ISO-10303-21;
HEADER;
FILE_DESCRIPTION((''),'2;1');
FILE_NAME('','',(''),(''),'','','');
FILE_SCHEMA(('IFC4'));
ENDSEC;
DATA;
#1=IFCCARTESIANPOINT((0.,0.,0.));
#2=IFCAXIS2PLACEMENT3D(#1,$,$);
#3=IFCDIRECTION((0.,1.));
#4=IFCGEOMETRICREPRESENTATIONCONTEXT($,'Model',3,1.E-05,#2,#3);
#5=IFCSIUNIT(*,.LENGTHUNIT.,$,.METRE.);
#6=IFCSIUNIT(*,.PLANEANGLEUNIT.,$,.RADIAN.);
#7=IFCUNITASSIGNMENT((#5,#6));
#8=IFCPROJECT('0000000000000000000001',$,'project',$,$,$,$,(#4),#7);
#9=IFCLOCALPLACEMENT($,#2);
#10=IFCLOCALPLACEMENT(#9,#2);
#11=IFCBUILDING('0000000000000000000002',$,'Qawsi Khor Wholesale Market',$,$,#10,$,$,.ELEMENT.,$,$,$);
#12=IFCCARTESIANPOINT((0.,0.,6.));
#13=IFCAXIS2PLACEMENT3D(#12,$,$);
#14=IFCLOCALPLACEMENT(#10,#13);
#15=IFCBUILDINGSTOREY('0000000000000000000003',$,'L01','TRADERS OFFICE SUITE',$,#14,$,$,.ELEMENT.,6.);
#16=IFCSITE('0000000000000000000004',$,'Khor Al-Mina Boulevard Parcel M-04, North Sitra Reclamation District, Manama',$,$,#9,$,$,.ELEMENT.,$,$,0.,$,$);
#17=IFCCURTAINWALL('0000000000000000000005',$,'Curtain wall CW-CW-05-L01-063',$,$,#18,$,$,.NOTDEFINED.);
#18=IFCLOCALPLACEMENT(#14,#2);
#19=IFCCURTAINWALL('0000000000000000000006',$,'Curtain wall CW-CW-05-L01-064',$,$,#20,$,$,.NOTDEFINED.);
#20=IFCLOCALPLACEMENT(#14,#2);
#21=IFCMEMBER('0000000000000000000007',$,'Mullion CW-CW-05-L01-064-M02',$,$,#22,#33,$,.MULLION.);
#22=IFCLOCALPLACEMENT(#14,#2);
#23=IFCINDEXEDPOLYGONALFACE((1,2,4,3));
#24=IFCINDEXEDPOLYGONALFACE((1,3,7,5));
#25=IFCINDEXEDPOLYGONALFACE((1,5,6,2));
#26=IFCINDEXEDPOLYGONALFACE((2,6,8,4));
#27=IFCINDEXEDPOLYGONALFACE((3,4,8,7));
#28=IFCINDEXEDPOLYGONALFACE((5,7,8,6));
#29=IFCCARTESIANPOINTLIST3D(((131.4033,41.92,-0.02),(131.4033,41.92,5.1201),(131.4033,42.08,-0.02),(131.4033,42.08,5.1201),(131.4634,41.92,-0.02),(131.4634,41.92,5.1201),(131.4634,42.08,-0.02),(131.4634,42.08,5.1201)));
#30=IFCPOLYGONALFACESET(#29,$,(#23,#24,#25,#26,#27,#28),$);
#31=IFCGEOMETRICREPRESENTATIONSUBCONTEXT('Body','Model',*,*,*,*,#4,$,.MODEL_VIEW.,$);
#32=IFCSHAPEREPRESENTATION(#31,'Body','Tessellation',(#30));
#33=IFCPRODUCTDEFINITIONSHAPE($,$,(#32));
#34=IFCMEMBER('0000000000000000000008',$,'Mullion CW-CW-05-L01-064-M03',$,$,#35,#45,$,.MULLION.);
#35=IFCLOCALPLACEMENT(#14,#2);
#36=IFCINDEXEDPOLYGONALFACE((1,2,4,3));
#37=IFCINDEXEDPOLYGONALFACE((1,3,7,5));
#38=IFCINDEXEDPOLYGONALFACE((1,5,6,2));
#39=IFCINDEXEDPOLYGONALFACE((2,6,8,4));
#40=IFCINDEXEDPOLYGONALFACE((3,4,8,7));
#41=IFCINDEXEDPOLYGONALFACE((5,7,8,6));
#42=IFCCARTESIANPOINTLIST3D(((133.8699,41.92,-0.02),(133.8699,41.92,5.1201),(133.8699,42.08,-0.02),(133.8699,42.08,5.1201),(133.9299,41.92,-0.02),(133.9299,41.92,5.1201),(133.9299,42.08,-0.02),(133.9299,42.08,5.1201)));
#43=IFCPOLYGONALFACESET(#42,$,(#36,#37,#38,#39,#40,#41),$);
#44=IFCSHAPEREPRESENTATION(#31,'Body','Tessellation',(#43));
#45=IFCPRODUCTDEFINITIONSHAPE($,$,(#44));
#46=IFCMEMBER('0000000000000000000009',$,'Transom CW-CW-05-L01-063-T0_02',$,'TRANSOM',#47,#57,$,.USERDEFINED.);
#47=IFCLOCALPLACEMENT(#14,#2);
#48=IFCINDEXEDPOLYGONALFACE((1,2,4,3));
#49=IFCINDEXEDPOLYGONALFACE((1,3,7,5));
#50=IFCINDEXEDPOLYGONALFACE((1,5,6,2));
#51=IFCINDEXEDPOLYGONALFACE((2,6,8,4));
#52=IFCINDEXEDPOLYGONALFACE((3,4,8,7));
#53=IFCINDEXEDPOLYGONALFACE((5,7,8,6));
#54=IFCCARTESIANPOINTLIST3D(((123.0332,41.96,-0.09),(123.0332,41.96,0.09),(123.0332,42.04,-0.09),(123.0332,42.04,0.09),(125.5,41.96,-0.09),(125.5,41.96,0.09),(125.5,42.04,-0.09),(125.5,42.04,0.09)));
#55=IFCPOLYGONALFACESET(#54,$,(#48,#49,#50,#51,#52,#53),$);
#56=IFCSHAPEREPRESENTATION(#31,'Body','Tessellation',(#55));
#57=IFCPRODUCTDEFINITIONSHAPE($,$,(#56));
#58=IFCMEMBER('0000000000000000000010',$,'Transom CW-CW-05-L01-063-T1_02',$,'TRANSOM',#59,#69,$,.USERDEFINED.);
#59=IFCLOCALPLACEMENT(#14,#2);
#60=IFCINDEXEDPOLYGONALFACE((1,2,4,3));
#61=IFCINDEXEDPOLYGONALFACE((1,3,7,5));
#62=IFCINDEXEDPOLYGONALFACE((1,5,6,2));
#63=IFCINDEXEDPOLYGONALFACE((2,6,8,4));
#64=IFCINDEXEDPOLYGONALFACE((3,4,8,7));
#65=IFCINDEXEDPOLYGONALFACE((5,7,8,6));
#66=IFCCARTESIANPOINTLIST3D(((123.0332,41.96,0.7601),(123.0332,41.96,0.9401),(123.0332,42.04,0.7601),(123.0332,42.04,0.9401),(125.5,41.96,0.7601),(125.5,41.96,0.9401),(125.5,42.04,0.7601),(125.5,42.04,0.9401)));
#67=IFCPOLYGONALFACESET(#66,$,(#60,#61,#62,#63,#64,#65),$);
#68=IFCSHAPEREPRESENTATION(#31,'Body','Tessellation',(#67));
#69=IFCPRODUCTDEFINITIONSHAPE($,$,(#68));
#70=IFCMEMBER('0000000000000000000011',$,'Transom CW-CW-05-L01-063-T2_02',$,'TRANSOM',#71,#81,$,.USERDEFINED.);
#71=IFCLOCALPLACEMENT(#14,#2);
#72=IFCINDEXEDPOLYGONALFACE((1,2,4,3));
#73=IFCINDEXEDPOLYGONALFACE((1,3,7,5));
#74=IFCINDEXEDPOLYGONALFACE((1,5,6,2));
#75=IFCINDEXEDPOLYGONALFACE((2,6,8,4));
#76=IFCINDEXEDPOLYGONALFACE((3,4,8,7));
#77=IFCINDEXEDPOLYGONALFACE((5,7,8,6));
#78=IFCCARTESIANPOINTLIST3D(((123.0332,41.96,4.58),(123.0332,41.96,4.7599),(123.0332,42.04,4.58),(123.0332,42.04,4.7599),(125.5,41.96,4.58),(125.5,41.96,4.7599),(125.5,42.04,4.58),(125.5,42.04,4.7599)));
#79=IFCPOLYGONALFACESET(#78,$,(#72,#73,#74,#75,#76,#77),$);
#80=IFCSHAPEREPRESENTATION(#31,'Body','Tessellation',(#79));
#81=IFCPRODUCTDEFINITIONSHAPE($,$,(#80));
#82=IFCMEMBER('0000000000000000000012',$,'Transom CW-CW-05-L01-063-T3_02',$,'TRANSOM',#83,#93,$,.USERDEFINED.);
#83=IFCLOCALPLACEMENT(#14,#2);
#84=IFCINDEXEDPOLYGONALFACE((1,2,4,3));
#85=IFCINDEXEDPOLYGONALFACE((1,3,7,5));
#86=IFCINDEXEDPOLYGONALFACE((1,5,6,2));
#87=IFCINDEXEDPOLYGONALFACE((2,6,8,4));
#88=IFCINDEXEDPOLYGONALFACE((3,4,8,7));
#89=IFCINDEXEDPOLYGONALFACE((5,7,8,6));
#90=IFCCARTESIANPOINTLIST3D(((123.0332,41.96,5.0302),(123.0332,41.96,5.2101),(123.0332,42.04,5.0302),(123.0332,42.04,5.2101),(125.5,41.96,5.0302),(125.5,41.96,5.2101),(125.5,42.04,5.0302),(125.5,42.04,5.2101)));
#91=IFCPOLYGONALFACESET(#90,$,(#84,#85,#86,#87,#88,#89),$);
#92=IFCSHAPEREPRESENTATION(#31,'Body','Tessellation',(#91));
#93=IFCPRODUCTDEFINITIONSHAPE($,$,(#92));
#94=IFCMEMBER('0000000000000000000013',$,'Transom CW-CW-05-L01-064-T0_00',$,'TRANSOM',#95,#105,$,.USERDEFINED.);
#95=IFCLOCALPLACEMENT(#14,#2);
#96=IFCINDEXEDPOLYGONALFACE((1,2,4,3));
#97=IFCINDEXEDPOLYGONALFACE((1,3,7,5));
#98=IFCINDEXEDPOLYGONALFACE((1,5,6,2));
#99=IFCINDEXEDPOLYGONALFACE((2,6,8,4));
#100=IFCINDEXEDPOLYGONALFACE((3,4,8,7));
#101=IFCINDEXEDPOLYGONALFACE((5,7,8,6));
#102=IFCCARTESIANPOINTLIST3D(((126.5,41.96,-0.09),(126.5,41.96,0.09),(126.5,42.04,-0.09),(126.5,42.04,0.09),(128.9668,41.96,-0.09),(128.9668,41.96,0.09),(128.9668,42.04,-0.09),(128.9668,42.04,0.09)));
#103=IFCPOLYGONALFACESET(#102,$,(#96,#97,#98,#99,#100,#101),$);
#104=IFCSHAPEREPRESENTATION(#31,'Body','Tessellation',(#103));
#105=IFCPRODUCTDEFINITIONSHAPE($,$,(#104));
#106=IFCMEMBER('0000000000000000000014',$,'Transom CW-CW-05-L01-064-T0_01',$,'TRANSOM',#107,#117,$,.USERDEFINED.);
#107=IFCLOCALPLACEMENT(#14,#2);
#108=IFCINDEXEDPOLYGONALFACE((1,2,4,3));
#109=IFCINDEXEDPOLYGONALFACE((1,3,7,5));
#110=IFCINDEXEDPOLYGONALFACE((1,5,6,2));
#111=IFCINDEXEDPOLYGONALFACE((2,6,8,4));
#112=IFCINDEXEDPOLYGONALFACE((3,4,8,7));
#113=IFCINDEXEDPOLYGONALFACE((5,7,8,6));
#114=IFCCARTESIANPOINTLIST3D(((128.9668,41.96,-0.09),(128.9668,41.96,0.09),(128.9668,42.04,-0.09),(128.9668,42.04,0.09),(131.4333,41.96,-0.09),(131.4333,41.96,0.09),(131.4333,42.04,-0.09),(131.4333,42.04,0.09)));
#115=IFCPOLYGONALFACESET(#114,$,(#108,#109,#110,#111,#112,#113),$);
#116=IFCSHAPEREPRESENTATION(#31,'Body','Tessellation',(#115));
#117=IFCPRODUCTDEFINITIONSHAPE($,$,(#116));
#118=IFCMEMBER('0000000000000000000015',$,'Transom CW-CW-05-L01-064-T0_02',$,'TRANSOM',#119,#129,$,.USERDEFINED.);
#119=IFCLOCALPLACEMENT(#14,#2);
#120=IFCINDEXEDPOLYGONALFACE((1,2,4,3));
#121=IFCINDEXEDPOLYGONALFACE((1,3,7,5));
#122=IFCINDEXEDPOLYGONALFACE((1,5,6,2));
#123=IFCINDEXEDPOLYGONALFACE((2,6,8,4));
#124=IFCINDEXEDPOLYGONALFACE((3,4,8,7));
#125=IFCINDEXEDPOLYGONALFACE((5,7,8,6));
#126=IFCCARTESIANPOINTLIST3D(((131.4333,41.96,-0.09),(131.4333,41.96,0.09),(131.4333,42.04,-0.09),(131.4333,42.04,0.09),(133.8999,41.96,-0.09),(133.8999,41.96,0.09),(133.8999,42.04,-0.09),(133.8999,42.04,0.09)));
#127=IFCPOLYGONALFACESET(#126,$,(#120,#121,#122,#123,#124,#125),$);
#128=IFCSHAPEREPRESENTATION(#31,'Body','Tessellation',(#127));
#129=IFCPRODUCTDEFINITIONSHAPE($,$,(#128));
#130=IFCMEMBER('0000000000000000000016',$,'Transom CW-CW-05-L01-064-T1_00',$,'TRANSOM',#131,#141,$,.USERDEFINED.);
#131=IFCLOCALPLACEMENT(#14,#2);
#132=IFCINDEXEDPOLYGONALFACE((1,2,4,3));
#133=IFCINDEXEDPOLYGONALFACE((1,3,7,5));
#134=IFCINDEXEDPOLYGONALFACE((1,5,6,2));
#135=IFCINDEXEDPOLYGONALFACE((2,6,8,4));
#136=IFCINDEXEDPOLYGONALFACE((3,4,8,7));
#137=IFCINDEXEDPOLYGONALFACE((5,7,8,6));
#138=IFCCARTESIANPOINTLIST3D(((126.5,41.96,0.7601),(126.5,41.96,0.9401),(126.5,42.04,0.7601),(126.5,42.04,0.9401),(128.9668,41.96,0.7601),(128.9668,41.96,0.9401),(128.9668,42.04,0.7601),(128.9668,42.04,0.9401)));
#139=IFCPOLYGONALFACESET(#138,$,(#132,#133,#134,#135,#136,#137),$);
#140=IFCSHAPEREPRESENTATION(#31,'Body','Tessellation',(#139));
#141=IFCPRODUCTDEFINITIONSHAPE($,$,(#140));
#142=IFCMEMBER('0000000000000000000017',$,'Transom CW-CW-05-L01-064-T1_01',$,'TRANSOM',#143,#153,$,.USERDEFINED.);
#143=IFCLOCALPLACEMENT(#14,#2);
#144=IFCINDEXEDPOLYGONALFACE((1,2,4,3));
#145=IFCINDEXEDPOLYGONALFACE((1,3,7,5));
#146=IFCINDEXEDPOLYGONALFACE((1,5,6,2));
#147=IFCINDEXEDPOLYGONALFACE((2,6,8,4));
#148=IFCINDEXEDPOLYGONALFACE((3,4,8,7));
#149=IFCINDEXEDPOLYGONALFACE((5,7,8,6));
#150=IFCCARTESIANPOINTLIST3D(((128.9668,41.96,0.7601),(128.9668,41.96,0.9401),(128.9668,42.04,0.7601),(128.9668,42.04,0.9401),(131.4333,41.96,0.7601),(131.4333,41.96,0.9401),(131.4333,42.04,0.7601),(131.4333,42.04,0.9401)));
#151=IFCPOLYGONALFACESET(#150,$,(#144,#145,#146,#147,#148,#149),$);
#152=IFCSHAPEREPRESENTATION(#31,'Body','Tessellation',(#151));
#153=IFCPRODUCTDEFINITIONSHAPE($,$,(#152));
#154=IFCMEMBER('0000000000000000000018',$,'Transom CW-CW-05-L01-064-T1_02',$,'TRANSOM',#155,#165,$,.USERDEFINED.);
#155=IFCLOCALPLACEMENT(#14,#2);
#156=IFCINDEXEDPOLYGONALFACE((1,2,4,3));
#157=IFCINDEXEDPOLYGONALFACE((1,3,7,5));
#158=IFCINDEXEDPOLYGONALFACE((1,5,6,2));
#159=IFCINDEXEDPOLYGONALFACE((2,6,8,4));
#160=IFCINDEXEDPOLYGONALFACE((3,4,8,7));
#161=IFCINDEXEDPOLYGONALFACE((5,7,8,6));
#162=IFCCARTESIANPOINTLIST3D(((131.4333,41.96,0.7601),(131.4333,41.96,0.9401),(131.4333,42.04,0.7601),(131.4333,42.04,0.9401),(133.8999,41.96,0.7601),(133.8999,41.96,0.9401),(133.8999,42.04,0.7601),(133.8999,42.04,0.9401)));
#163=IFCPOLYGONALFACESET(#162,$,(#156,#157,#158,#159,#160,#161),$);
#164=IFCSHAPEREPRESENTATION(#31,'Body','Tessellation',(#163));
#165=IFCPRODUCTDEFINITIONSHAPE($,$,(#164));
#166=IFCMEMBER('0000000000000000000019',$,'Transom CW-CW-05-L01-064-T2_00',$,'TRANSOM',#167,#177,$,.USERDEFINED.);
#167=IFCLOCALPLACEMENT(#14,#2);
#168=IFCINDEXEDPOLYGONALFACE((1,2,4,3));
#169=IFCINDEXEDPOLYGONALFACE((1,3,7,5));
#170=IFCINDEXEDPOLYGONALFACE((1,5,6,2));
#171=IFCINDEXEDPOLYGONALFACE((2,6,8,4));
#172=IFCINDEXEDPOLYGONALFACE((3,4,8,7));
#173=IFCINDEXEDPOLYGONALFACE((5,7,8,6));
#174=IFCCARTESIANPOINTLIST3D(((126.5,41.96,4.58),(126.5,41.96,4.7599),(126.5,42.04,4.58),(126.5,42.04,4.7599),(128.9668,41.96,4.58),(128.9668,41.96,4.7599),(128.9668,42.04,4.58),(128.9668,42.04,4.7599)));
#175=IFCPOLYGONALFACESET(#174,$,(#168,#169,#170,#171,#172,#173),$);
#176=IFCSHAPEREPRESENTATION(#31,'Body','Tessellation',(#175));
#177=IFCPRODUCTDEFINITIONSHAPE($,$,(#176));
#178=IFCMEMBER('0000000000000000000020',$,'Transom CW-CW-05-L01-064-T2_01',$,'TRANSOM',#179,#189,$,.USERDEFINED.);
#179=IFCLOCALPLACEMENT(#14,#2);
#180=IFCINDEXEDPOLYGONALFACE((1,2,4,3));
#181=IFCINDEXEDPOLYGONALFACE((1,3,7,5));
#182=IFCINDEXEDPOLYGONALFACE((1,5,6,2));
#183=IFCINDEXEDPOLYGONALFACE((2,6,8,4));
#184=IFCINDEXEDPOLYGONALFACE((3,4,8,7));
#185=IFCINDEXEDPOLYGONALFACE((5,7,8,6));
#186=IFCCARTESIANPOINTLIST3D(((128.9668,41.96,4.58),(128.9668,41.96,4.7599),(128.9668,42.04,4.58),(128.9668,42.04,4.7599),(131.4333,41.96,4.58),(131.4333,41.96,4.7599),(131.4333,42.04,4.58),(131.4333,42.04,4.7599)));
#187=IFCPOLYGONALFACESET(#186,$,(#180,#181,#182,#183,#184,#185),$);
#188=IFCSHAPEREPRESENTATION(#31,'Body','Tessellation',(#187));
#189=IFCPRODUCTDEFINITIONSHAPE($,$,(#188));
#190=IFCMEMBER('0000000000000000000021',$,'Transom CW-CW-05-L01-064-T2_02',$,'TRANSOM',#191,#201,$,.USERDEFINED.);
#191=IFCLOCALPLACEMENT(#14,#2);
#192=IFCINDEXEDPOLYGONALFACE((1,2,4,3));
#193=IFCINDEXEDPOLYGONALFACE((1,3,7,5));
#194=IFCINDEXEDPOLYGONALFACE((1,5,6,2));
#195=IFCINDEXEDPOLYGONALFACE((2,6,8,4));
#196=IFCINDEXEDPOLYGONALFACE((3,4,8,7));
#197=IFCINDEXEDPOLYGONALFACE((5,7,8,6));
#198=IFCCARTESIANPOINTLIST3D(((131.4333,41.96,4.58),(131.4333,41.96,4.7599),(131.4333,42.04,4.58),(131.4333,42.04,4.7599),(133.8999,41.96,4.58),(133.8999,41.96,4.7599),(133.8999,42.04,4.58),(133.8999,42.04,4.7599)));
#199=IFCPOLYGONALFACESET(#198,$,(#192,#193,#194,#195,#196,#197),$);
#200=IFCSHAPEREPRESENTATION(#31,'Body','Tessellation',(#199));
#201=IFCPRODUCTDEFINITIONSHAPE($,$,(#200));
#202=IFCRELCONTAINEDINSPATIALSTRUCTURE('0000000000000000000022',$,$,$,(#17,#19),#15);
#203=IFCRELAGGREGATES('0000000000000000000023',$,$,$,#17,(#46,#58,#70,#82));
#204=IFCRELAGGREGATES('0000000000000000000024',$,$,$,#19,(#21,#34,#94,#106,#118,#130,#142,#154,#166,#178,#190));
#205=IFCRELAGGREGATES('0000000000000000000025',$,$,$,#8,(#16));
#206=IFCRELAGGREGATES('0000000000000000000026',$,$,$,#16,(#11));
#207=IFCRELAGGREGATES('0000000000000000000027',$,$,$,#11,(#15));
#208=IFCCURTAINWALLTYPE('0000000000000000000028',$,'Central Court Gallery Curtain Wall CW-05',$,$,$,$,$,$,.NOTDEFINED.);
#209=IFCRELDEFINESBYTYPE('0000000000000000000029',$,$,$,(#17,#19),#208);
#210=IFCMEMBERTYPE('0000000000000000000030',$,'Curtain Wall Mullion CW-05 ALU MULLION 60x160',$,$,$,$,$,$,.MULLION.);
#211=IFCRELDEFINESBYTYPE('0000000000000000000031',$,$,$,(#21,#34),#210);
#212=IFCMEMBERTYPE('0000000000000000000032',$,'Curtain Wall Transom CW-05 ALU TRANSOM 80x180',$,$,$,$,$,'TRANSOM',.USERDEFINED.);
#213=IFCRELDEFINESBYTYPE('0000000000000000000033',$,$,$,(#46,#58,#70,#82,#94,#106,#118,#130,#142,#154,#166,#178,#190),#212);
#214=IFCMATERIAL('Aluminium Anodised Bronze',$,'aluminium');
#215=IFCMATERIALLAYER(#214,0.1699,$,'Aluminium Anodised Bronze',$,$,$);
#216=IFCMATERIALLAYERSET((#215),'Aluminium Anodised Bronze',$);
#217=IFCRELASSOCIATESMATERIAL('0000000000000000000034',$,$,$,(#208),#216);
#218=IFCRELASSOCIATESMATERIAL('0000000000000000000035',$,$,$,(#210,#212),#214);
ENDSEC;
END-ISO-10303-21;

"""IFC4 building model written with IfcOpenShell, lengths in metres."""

from ifc_helpers import new_model, si_unit, direction, frame, origin, origin_2d, place, context, subcontext, project, spatial, rectangle, extrude, material, layer, layer_set, material_profile, profile_set, type_object, element, aggregate, save


model = new_model("IFC4")

# Units and contexts
model_context = context("Model", 3, precision=1e-05, world=origin(), true_north=direction((0.0, 1.0)))
body_context = subcontext(model_context, "Body", "Model", "MODEL_VIEW")
ifc_project = project(units=[si_unit("LENGTHUNIT", "METRE"), si_unit("PLANEANGLEUNIT", "RADIAN")], contexts=[model_context])

# Site, building, storey
site_placement = place(None, origin())
site = spatial("IfcSite", under=ifc_project, at=site_placement, Name="Khor Al-Mina Boulevard Parcel M-04, North Sitra Reclamation District, Manama", CompositionType="ELEMENT", RefElevation=0.0)
building_placement = place(site_placement, origin())
building = spatial("IfcBuilding", under=site, at=building_placement, Name="Qawsi Khor Wholesale Market", CompositionType="ELEMENT")
storey_placement = place(building_placement, frame((0.0, 0.0, 6.0)))
storey = spatial("IfcBuildingStorey", under=building, at=storey_placement, Name="L01", Description="TRADERS OFFICE SUITE", CompositionType="ELEMENT", Elevation=6.0)

# Curtain walls, members
ifc_material_1 = material(Name="Aluminium Anodised Bronze", Category="aluminium")
ifc_layer_1 = layer(ifc_material_1, 0.1699, Name="Aluminium Anodised Bronze")
ifc_layer_set_1 = layer_set([ifc_layer_1], Name="Aluminium Anodised Bronze")
curtain_wall_type = type_object("IfcCurtainWallType", Name="Central Court Gallery Curtain Wall CW-05", PredefinedType="NOTDEFINED", material=ifc_layer_set_1)
curtain_wall_1_placement = place(storey_placement, origin())
curtain_wall_1 = element("IfcCurtainWall", 1, at=curtain_wall_1_placement, inside=storey, type_object=curtain_wall_type, Name="Curtain wall CW-CW-05-L01-063", PredefinedType="NOTDEFINED")
ifc_material_profile_1 = material_profile(ifc_material_1, rectangle(XDim=0.0601, YDim=0.1599, at=origin_2d()), Name="ALU MULLION 60x160")
ifc_profile_set_1 = profile_set([ifc_material_profile_1], Name="Aluminium Anodised Bronze")
member_type_1 = type_object("IfcMemberType", Name="Curtain Wall Mullion CW-05 ALU MULLION 60x160", PredefinedType="MULLION", material=ifc_profile_set_1)
curtain_wall_2_placement = place(storey_placement, origin())
curtain_wall_2 = element("IfcCurtainWall", 2, at=curtain_wall_2_placement, inside=storey, type_object=curtain_wall_type, Name="Curtain wall CW-CW-05-L01-064", PredefinedType="NOTDEFINED")
member_1_placement = place(storey_placement, frame((131.4333, 42.0, -0.02), z_axis=(0.0, 0.0, 1.0), x_axis=(1.0, 0.0, 0.0)))
member_1 = element("IfcMember", 3, at=member_1_placement, type_object=member_type_1, Name="Mullion CW-CW-05-L01-064-M02", PredefinedType="MULLION", context=body_context, shape_type="SweptSolid", body=[
    extrude(rectangle(XDim=0.0601, YDim=0.1599, at=origin_2d()), origin(), (0.0, 0.0, 1.0), 5.1401),
])
member_2_placement = place(storey_placement, frame((133.8999, 42.0, -0.02), z_axis=(0.0, 0.0, 1.0), x_axis=(1.0, 0.0, 0.0)))
member_2 = element("IfcMember", 4, at=member_2_placement, type_object=member_type_1, Name="Mullion CW-CW-05-L01-064-M03", PredefinedType="MULLION", context=body_context, shape_type="SweptSolid", body=[
    extrude(rectangle(XDim=0.0601, YDim=0.1599, at=origin_2d()), origin(), (0.0, 0.0, 1.0), 5.1401),
])

# Members
ifc_material_profile_2 = material_profile(ifc_material_1, rectangle(XDim=0.0801, YDim=0.1799, at=origin_2d()), Name="ALU TRANSOM 80x180")
ifc_profile_set_2 = profile_set([ifc_material_profile_2], Name="Aluminium Anodised Bronze")
member_type_2 = type_object("IfcMemberType", Name="Curtain Wall Transom CW-05 ALU TRANSOM 80x180", ElementType="TRANSOM", PredefinedType="USERDEFINED", material=ifc_profile_set_2)
member_3_placement = place(storey_placement, frame((123.0332, 42.0, 0.0), z_axis=(1.0, 0.0, 0.0), x_axis=(0.0, 1.0, 0.0)))
member_3 = element("IfcMember", 5, at=member_3_placement, type_object=member_type_2, Name="Transom CW-CW-05-L01-063-T0_02", ObjectType="TRANSOM", PredefinedType="USERDEFINED", context=body_context, shape_type="SweptSolid", body=[
    extrude(rectangle(XDim=0.0801, YDim=0.1799, at=origin_2d()), origin(), (0.0, 0.0, 1.0), 2.4668),
])
member_4_placement = place(storey_placement, frame((123.0332, 42.0, 0.8501), z_axis=(1.0, 0.0, 0.0), x_axis=(0.0, 1.0, 0.0)))
member_4 = element("IfcMember", 6, at=member_4_placement, type_object=member_type_2, Name="Transom CW-CW-05-L01-063-T1_02", ObjectType="TRANSOM", PredefinedType="USERDEFINED", context=body_context, shape_type="SweptSolid", body=[
    extrude(rectangle(XDim=0.0801, YDim=0.1799, at=origin_2d()), origin(), (0.0, 0.0, 1.0), 2.4668),
])
member_5_placement = place(storey_placement, frame((123.0332, 42.0, 4.6699), z_axis=(1.0, 0.0, 0.0), x_axis=(0.0, 1.0, 0.0)))
member_5 = element("IfcMember", 7, at=member_5_placement, type_object=member_type_2, Name="Transom CW-CW-05-L01-063-T2_02", ObjectType="TRANSOM", PredefinedType="USERDEFINED", context=body_context, shape_type="SweptSolid", body=[
    extrude(rectangle(XDim=0.0801, YDim=0.1799, at=origin_2d()), origin(), (0.0, 0.0, 1.0), 2.4668),
])
member_6_placement = place(storey_placement, frame((123.0332, 42.0, 5.1201), z_axis=(1.0, 0.0, 0.0), x_axis=(0.0, 1.0, 0.0)))
member_6 = element("IfcMember", 8, at=member_6_placement, type_object=member_type_2, Name="Transom CW-CW-05-L01-063-T3_02", ObjectType="TRANSOM", PredefinedType="USERDEFINED", context=body_context, shape_type="SweptSolid", body=[
    extrude(rectangle(XDim=0.0801, YDim=0.1799, at=origin_2d()), origin(), (0.0, 0.0, 1.0), 2.4668),
])
member_7_placement = place(storey_placement, frame((126.5, 42.0, 0.0), z_axis=(1.0, 0.0, 0.0), x_axis=(0.0, 1.0, 0.0)))
member_7 = element("IfcMember", 9, at=member_7_placement, type_object=member_type_2, Name="Transom CW-CW-05-L01-064-T0_00", ObjectType="TRANSOM", PredefinedType="USERDEFINED", context=body_context, shape_type="SweptSolid", body=[
    extrude(rectangle(XDim=0.0801, YDim=0.1799, at=origin_2d()), origin(), (0.0, 0.0, 1.0), 2.4668),
])
member_8_placement = place(storey_placement, frame((128.9668, 42.0, 0.0), z_axis=(1.0, 0.0, 0.0), x_axis=(0.0, 1.0, 0.0)))
member_8 = element("IfcMember", 10, at=member_8_placement, type_object=member_type_2, Name="Transom CW-CW-05-L01-064-T0_01", ObjectType="TRANSOM", PredefinedType="USERDEFINED", context=body_context, shape_type="SweptSolid", body=[
    extrude(rectangle(XDim=0.0801, YDim=0.1799, at=origin_2d()), origin(), (0.0, 0.0, 1.0), 2.4666),
])
member_9_placement = place(storey_placement, frame((131.4333, 42.0, 0.0), z_axis=(1.0, 0.0, 0.0), x_axis=(0.0, 1.0, 0.0)))
member_9 = element("IfcMember", 11, at=member_9_placement, type_object=member_type_2, Name="Transom CW-CW-05-L01-064-T0_02", ObjectType="TRANSOM", PredefinedType="USERDEFINED", context=body_context, shape_type="SweptSolid", body=[
    extrude(rectangle(XDim=0.0801, YDim=0.1799, at=origin_2d()), origin(), (0.0, 0.0, 1.0), 2.4666),
])
member_10_placement = place(storey_placement, frame((126.5, 42.0, 0.8501), z_axis=(1.0, 0.0, 0.0), x_axis=(0.0, 1.0, 0.0)))
member_10 = element("IfcMember", 12, at=member_10_placement, type_object=member_type_2, Name="Transom CW-CW-05-L01-064-T1_00", ObjectType="TRANSOM", PredefinedType="USERDEFINED", context=body_context, shape_type="SweptSolid", body=[
    extrude(rectangle(XDim=0.0801, YDim=0.1799, at=origin_2d()), origin(), (0.0, 0.0, 1.0), 2.4668),
])
member_11_placement = place(storey_placement, frame((128.9668, 42.0, 0.8501), z_axis=(1.0, 0.0, 0.0), x_axis=(0.0, 1.0, 0.0)))
member_11 = element("IfcMember", 13, at=member_11_placement, type_object=member_type_2, Name="Transom CW-CW-05-L01-064-T1_01", ObjectType="TRANSOM", PredefinedType="USERDEFINED", context=body_context, shape_type="SweptSolid", body=[
    extrude(rectangle(XDim=0.0801, YDim=0.1799, at=origin_2d()), origin(), (0.0, 0.0, 1.0), 2.4666),
])
member_12_placement = place(storey_placement, frame((131.4333, 42.0, 0.8501), z_axis=(1.0, 0.0, 0.0), x_axis=(0.0, 1.0, 0.0)))
member_12 = element("IfcMember", 14, at=member_12_placement, type_object=member_type_2, Name="Transom CW-CW-05-L01-064-T1_02", ObjectType="TRANSOM", PredefinedType="USERDEFINED", context=body_context, shape_type="SweptSolid", body=[
    extrude(rectangle(XDim=0.0801, YDim=0.1799, at=origin_2d()), origin(), (0.0, 0.0, 1.0), 2.4666),
])
member_13_placement = place(storey_placement, frame((126.5, 42.0, 4.6699), z_axis=(1.0, 0.0, 0.0), x_axis=(0.0, 1.0, 0.0)))
member_13 = element("IfcMember", 15, at=member_13_placement, type_object=member_type_2, Name="Transom CW-CW-05-L01-064-T2_00", ObjectType="TRANSOM", PredefinedType="USERDEFINED", context=body_context, shape_type="SweptSolid", body=[
    extrude(rectangle(XDim=0.0801, YDim=0.1799, at=origin_2d()), origin(), (0.0, 0.0, 1.0), 2.4668),
])
member_14_placement = place(storey_placement, frame((128.9668, 42.0, 4.6699), z_axis=(1.0, 0.0, 0.0), x_axis=(0.0, 1.0, 0.0)))
member_14 = element("IfcMember", 16, at=member_14_placement, type_object=member_type_2, Name="Transom CW-CW-05-L01-064-T2_01", ObjectType="TRANSOM", PredefinedType="USERDEFINED", context=body_context, shape_type="SweptSolid", body=[
    extrude(rectangle(XDim=0.0801, YDim=0.1799, at=origin_2d()), origin(), (0.0, 0.0, 1.0), 2.4666),
])
member_15_placement = place(storey_placement, frame((131.4333, 42.0, 4.6699), z_axis=(1.0, 0.0, 0.0), x_axis=(0.0, 1.0, 0.0)))
member_15 = element("IfcMember", 17, at=member_15_placement, type_object=member_type_2, Name="Transom CW-CW-05-L01-064-T2_02", ObjectType="TRANSOM", PredefinedType="USERDEFINED", context=body_context, shape_type="SweptSolid", body=[
    extrude(rectangle(XDim=0.0801, YDim=0.1799, at=origin_2d()), origin(), (0.0, 0.0, 1.0), 2.4666),
])

aggregate(curtain_wall_1, [member_3, member_4, member_5, member_6])
aggregate(curtain_wall_2, [member_1, member_2, member_7, member_8, member_9, member_10, member_11, member_12, member_13, member_14, member_15])

save(model, "model.ifc")
